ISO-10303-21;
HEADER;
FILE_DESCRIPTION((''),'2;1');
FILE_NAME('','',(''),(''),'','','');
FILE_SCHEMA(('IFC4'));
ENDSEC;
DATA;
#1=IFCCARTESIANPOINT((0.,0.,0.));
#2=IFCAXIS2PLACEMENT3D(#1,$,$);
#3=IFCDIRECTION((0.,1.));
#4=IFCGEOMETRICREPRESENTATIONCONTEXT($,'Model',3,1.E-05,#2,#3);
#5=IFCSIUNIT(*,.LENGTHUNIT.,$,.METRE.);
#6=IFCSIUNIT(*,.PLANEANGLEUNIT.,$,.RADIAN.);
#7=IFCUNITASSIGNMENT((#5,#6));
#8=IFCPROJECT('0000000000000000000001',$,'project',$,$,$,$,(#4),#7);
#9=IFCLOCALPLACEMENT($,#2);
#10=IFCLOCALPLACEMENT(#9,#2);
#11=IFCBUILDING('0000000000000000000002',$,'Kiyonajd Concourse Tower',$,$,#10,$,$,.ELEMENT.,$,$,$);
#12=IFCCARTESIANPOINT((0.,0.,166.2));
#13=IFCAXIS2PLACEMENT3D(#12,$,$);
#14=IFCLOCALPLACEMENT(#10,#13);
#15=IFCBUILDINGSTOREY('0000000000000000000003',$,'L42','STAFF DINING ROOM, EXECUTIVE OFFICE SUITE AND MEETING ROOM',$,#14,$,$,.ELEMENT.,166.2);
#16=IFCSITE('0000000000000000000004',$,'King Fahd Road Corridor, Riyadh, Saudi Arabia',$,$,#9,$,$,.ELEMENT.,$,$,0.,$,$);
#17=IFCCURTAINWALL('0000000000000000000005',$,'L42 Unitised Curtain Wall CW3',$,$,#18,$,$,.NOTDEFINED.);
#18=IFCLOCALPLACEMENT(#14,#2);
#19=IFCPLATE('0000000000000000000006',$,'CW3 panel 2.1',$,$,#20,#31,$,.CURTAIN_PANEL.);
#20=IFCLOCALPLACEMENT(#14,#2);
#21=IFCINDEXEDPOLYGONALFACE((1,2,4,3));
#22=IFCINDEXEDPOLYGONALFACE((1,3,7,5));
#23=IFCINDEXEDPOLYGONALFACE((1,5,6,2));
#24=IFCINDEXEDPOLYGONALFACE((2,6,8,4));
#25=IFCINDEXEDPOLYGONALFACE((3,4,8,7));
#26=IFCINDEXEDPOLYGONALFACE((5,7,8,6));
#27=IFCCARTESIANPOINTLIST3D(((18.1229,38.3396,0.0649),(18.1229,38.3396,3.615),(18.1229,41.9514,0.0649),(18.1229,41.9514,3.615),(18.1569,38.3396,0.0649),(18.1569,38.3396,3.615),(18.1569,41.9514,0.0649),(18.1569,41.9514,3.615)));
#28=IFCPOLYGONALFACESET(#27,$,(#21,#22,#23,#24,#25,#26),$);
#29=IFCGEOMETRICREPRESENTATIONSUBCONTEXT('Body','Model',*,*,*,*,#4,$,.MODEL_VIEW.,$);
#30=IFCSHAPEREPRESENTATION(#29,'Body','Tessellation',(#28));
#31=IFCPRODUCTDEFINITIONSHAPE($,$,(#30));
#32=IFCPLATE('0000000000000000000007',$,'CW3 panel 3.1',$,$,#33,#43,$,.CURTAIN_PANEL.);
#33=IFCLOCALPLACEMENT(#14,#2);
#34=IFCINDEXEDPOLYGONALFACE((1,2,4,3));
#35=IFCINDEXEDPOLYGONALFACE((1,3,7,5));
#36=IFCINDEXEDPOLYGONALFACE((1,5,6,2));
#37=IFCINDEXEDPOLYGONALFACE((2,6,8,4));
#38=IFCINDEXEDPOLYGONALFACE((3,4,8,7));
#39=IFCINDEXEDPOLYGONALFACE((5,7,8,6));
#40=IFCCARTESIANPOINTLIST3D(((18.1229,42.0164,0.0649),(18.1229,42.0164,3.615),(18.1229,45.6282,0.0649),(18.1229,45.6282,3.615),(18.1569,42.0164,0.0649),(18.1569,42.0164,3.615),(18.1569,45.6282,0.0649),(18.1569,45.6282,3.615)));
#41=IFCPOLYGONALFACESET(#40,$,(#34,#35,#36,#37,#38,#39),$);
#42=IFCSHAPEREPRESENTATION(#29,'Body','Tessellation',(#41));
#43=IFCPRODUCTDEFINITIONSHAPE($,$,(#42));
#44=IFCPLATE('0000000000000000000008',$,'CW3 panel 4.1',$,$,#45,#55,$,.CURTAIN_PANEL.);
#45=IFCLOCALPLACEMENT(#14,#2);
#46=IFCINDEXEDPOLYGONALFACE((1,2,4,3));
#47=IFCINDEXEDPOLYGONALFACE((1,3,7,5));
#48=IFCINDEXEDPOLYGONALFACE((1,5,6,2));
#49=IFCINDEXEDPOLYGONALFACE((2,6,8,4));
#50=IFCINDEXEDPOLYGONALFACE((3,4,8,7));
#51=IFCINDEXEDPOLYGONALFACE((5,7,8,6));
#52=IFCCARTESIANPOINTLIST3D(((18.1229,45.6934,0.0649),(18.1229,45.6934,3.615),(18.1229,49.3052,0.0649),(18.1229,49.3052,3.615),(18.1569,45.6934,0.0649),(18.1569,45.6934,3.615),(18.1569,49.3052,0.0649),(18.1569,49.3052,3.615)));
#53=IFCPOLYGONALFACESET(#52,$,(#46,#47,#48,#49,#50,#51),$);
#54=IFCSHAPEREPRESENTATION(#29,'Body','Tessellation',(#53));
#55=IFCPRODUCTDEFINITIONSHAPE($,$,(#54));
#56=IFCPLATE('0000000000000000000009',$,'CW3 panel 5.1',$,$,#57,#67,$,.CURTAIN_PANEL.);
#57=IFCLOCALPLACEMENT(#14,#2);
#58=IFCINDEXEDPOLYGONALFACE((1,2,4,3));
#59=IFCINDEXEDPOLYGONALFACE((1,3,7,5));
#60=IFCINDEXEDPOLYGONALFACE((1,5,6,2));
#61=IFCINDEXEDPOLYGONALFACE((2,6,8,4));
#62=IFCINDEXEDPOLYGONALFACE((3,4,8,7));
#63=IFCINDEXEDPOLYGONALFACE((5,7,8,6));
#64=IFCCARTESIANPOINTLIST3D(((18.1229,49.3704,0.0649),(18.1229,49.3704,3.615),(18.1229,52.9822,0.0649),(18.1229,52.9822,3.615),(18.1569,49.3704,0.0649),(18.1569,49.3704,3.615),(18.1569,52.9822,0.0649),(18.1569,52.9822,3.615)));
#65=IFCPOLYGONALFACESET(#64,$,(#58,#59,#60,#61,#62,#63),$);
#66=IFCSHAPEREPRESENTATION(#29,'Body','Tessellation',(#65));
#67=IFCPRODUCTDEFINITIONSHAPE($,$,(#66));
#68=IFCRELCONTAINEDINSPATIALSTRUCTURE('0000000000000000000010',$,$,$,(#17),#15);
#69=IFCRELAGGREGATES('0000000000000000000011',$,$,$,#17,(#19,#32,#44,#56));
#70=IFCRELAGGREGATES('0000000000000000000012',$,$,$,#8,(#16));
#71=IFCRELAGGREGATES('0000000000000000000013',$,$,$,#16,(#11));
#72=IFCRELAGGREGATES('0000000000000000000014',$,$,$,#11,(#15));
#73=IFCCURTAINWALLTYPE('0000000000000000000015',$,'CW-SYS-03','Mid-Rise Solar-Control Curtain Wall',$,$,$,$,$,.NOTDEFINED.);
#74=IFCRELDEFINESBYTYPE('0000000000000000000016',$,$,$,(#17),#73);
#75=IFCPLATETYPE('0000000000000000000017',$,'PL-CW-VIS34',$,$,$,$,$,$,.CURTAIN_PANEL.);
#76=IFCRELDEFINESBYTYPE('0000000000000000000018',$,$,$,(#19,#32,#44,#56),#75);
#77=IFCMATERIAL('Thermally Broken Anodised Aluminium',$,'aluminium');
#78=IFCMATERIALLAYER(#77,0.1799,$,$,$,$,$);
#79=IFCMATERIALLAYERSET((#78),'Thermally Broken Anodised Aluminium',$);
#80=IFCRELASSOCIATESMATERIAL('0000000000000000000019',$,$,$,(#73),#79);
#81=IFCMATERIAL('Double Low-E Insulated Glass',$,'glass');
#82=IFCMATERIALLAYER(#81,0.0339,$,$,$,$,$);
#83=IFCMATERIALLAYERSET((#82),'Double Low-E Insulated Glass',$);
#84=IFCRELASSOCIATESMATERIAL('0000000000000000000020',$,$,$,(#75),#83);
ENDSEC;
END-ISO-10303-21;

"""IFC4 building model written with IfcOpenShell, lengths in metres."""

from ifc_helpers import new_model, si_unit, direction, frame, origin, origin_2d, place, context, subcontext, project, spatial, rectangle, extrude, material, layer, layer_set, type_object, element, aggregate, save


model = new_model("IFC4")

# Units and contexts
model_context = context("Model", 3, precision=1e-05, world=origin(), true_north=direction((0.0, 1.0)))
body_context = subcontext(model_context, "Body", "Model", "MODEL_VIEW")
ifc_project = project(units=[si_unit("LENGTHUNIT", "METRE"), si_unit("PLANEANGLEUNIT", "RADIAN")], contexts=[model_context])

# Site, building, storey
site_placement = place(None, origin())
site = spatial("IfcSite", under=ifc_project, at=site_placement, Name="King Fahd Road Corridor, Riyadh, Saudi Arabia", CompositionType="ELEMENT", RefElevation=0.0)
building_placement = place(site_placement, origin())
building = spatial("IfcBuilding", under=site, at=building_placement, Name="Kiyonajd Concourse Tower", CompositionType="ELEMENT")
storey_placement = place(building_placement, frame((0.0, 0.0, 166.2)))
storey = spatial("IfcBuildingStorey", under=building, at=storey_placement, Name="L42", Description="STAFF DINING ROOM, EXECUTIVE OFFICE SUITE AND MEETING ROOM", CompositionType="ELEMENT", Elevation=166.2)

# Curtain wall, plates
ifc_material_1 = material(Name="Thermally Broken Anodised Aluminium", Category="aluminium")
ifc_layer_1 = layer(ifc_material_1, 0.1799)
ifc_layer_set_1 = layer_set([ifc_layer_1], Name="Thermally Broken Anodised Aluminium")
curtain_wall_type = type_object("IfcCurtainWallType", Name="CW-SYS-03", Description="Mid-Rise Solar-Control Curtain Wall", PredefinedType="NOTDEFINED", material=ifc_layer_set_1)
curtain_wall_placement = place(storey_placement, origin())
curtain_wall = element("IfcCurtainWall", 1, at=curtain_wall_placement, inside=storey, type_object=curtain_wall_type, Name="L42 Unitised Curtain Wall CW3", PredefinedType="NOTDEFINED")
ifc_material_2 = material(Name="Double Low-E Insulated Glass", Category="glass")
ifc_layer_2 = layer(ifc_material_2, 0.0339)
ifc_layer_set_2 = layer_set([ifc_layer_2], Name="Double Low-E Insulated Glass")
plate_type = type_object("IfcPlateType", Name="PL-CW-VIS34", PredefinedType="CURTAIN_PANEL", material=ifc_layer_set_2)
plate_1_placement = place(storey_placement, frame((18.1399, 40.1455, 0.0649), z_axis=(0.0, 0.0, 1.0), x_axis=(0.0, 1.0, 0.0)))
plate_1 = element("IfcPlate", 2, at=plate_1_placement, type_object=plate_type, Name="CW3 panel 2.1", PredefinedType="CURTAIN_PANEL", context=body_context, shape_type="SweptSolid", body=[
    extrude(rectangle(XDim=3.6118, YDim=0.0339, at=origin_2d()), origin(), (0.0, 0.0, 1.0), 3.55),
])
plate_2_placement = place(storey_placement, frame((18.1399, 43.8223, 0.0649), z_axis=(0.0, 0.0, 1.0), x_axis=(0.0, 1.0, 0.0)))
plate_2 = element("IfcPlate", 3, at=plate_2_placement, type_object=plate_type, Name="CW3 panel 3.1", PredefinedType="CURTAIN_PANEL", context=body_context, shape_type="SweptSolid", body=[
    extrude(rectangle(XDim=3.6118, YDim=0.0339, at=origin_2d()), origin(), (0.0, 0.0, 1.0), 3.55),
])
plate_3_placement = place(storey_placement, frame((18.1399, 47.4993, 0.0649), z_axis=(0.0, 0.0, 1.0), x_axis=(0.0, 1.0, 0.0)))
plate_3 = element("IfcPlate", 4, at=plate_3_placement, type_object=plate_type, Name="CW3 panel 4.1", PredefinedType="CURTAIN_PANEL", context=body_context, shape_type="SweptSolid", body=[
    extrude(rectangle(XDim=3.6118, YDim=0.0339, at=origin_2d()), origin(), (0.0, 0.0, 1.0), 3.55),
])
plate_4_placement = place(storey_placement, frame((18.1399, 51.1763, 0.0649), z_axis=(0.0, 0.0, 1.0), x_axis=(0.0, 1.0, 0.0)))
plate_4 = element("IfcPlate", 5, at=plate_4_placement, type_object=plate_type, Name="CW3 panel 5.1", PredefinedType="CURTAIN_PANEL", context=body_context, shape_type="SweptSolid", body=[
    extrude(rectangle(XDim=3.6118, YDim=0.0339, at=origin_2d()), origin(), (0.0, 0.0, 1.0), 3.55),
])
aggregate(curtain_wall, [plate_1, plate_2, plate_3, plate_4])

save(model, "model.ifc")
